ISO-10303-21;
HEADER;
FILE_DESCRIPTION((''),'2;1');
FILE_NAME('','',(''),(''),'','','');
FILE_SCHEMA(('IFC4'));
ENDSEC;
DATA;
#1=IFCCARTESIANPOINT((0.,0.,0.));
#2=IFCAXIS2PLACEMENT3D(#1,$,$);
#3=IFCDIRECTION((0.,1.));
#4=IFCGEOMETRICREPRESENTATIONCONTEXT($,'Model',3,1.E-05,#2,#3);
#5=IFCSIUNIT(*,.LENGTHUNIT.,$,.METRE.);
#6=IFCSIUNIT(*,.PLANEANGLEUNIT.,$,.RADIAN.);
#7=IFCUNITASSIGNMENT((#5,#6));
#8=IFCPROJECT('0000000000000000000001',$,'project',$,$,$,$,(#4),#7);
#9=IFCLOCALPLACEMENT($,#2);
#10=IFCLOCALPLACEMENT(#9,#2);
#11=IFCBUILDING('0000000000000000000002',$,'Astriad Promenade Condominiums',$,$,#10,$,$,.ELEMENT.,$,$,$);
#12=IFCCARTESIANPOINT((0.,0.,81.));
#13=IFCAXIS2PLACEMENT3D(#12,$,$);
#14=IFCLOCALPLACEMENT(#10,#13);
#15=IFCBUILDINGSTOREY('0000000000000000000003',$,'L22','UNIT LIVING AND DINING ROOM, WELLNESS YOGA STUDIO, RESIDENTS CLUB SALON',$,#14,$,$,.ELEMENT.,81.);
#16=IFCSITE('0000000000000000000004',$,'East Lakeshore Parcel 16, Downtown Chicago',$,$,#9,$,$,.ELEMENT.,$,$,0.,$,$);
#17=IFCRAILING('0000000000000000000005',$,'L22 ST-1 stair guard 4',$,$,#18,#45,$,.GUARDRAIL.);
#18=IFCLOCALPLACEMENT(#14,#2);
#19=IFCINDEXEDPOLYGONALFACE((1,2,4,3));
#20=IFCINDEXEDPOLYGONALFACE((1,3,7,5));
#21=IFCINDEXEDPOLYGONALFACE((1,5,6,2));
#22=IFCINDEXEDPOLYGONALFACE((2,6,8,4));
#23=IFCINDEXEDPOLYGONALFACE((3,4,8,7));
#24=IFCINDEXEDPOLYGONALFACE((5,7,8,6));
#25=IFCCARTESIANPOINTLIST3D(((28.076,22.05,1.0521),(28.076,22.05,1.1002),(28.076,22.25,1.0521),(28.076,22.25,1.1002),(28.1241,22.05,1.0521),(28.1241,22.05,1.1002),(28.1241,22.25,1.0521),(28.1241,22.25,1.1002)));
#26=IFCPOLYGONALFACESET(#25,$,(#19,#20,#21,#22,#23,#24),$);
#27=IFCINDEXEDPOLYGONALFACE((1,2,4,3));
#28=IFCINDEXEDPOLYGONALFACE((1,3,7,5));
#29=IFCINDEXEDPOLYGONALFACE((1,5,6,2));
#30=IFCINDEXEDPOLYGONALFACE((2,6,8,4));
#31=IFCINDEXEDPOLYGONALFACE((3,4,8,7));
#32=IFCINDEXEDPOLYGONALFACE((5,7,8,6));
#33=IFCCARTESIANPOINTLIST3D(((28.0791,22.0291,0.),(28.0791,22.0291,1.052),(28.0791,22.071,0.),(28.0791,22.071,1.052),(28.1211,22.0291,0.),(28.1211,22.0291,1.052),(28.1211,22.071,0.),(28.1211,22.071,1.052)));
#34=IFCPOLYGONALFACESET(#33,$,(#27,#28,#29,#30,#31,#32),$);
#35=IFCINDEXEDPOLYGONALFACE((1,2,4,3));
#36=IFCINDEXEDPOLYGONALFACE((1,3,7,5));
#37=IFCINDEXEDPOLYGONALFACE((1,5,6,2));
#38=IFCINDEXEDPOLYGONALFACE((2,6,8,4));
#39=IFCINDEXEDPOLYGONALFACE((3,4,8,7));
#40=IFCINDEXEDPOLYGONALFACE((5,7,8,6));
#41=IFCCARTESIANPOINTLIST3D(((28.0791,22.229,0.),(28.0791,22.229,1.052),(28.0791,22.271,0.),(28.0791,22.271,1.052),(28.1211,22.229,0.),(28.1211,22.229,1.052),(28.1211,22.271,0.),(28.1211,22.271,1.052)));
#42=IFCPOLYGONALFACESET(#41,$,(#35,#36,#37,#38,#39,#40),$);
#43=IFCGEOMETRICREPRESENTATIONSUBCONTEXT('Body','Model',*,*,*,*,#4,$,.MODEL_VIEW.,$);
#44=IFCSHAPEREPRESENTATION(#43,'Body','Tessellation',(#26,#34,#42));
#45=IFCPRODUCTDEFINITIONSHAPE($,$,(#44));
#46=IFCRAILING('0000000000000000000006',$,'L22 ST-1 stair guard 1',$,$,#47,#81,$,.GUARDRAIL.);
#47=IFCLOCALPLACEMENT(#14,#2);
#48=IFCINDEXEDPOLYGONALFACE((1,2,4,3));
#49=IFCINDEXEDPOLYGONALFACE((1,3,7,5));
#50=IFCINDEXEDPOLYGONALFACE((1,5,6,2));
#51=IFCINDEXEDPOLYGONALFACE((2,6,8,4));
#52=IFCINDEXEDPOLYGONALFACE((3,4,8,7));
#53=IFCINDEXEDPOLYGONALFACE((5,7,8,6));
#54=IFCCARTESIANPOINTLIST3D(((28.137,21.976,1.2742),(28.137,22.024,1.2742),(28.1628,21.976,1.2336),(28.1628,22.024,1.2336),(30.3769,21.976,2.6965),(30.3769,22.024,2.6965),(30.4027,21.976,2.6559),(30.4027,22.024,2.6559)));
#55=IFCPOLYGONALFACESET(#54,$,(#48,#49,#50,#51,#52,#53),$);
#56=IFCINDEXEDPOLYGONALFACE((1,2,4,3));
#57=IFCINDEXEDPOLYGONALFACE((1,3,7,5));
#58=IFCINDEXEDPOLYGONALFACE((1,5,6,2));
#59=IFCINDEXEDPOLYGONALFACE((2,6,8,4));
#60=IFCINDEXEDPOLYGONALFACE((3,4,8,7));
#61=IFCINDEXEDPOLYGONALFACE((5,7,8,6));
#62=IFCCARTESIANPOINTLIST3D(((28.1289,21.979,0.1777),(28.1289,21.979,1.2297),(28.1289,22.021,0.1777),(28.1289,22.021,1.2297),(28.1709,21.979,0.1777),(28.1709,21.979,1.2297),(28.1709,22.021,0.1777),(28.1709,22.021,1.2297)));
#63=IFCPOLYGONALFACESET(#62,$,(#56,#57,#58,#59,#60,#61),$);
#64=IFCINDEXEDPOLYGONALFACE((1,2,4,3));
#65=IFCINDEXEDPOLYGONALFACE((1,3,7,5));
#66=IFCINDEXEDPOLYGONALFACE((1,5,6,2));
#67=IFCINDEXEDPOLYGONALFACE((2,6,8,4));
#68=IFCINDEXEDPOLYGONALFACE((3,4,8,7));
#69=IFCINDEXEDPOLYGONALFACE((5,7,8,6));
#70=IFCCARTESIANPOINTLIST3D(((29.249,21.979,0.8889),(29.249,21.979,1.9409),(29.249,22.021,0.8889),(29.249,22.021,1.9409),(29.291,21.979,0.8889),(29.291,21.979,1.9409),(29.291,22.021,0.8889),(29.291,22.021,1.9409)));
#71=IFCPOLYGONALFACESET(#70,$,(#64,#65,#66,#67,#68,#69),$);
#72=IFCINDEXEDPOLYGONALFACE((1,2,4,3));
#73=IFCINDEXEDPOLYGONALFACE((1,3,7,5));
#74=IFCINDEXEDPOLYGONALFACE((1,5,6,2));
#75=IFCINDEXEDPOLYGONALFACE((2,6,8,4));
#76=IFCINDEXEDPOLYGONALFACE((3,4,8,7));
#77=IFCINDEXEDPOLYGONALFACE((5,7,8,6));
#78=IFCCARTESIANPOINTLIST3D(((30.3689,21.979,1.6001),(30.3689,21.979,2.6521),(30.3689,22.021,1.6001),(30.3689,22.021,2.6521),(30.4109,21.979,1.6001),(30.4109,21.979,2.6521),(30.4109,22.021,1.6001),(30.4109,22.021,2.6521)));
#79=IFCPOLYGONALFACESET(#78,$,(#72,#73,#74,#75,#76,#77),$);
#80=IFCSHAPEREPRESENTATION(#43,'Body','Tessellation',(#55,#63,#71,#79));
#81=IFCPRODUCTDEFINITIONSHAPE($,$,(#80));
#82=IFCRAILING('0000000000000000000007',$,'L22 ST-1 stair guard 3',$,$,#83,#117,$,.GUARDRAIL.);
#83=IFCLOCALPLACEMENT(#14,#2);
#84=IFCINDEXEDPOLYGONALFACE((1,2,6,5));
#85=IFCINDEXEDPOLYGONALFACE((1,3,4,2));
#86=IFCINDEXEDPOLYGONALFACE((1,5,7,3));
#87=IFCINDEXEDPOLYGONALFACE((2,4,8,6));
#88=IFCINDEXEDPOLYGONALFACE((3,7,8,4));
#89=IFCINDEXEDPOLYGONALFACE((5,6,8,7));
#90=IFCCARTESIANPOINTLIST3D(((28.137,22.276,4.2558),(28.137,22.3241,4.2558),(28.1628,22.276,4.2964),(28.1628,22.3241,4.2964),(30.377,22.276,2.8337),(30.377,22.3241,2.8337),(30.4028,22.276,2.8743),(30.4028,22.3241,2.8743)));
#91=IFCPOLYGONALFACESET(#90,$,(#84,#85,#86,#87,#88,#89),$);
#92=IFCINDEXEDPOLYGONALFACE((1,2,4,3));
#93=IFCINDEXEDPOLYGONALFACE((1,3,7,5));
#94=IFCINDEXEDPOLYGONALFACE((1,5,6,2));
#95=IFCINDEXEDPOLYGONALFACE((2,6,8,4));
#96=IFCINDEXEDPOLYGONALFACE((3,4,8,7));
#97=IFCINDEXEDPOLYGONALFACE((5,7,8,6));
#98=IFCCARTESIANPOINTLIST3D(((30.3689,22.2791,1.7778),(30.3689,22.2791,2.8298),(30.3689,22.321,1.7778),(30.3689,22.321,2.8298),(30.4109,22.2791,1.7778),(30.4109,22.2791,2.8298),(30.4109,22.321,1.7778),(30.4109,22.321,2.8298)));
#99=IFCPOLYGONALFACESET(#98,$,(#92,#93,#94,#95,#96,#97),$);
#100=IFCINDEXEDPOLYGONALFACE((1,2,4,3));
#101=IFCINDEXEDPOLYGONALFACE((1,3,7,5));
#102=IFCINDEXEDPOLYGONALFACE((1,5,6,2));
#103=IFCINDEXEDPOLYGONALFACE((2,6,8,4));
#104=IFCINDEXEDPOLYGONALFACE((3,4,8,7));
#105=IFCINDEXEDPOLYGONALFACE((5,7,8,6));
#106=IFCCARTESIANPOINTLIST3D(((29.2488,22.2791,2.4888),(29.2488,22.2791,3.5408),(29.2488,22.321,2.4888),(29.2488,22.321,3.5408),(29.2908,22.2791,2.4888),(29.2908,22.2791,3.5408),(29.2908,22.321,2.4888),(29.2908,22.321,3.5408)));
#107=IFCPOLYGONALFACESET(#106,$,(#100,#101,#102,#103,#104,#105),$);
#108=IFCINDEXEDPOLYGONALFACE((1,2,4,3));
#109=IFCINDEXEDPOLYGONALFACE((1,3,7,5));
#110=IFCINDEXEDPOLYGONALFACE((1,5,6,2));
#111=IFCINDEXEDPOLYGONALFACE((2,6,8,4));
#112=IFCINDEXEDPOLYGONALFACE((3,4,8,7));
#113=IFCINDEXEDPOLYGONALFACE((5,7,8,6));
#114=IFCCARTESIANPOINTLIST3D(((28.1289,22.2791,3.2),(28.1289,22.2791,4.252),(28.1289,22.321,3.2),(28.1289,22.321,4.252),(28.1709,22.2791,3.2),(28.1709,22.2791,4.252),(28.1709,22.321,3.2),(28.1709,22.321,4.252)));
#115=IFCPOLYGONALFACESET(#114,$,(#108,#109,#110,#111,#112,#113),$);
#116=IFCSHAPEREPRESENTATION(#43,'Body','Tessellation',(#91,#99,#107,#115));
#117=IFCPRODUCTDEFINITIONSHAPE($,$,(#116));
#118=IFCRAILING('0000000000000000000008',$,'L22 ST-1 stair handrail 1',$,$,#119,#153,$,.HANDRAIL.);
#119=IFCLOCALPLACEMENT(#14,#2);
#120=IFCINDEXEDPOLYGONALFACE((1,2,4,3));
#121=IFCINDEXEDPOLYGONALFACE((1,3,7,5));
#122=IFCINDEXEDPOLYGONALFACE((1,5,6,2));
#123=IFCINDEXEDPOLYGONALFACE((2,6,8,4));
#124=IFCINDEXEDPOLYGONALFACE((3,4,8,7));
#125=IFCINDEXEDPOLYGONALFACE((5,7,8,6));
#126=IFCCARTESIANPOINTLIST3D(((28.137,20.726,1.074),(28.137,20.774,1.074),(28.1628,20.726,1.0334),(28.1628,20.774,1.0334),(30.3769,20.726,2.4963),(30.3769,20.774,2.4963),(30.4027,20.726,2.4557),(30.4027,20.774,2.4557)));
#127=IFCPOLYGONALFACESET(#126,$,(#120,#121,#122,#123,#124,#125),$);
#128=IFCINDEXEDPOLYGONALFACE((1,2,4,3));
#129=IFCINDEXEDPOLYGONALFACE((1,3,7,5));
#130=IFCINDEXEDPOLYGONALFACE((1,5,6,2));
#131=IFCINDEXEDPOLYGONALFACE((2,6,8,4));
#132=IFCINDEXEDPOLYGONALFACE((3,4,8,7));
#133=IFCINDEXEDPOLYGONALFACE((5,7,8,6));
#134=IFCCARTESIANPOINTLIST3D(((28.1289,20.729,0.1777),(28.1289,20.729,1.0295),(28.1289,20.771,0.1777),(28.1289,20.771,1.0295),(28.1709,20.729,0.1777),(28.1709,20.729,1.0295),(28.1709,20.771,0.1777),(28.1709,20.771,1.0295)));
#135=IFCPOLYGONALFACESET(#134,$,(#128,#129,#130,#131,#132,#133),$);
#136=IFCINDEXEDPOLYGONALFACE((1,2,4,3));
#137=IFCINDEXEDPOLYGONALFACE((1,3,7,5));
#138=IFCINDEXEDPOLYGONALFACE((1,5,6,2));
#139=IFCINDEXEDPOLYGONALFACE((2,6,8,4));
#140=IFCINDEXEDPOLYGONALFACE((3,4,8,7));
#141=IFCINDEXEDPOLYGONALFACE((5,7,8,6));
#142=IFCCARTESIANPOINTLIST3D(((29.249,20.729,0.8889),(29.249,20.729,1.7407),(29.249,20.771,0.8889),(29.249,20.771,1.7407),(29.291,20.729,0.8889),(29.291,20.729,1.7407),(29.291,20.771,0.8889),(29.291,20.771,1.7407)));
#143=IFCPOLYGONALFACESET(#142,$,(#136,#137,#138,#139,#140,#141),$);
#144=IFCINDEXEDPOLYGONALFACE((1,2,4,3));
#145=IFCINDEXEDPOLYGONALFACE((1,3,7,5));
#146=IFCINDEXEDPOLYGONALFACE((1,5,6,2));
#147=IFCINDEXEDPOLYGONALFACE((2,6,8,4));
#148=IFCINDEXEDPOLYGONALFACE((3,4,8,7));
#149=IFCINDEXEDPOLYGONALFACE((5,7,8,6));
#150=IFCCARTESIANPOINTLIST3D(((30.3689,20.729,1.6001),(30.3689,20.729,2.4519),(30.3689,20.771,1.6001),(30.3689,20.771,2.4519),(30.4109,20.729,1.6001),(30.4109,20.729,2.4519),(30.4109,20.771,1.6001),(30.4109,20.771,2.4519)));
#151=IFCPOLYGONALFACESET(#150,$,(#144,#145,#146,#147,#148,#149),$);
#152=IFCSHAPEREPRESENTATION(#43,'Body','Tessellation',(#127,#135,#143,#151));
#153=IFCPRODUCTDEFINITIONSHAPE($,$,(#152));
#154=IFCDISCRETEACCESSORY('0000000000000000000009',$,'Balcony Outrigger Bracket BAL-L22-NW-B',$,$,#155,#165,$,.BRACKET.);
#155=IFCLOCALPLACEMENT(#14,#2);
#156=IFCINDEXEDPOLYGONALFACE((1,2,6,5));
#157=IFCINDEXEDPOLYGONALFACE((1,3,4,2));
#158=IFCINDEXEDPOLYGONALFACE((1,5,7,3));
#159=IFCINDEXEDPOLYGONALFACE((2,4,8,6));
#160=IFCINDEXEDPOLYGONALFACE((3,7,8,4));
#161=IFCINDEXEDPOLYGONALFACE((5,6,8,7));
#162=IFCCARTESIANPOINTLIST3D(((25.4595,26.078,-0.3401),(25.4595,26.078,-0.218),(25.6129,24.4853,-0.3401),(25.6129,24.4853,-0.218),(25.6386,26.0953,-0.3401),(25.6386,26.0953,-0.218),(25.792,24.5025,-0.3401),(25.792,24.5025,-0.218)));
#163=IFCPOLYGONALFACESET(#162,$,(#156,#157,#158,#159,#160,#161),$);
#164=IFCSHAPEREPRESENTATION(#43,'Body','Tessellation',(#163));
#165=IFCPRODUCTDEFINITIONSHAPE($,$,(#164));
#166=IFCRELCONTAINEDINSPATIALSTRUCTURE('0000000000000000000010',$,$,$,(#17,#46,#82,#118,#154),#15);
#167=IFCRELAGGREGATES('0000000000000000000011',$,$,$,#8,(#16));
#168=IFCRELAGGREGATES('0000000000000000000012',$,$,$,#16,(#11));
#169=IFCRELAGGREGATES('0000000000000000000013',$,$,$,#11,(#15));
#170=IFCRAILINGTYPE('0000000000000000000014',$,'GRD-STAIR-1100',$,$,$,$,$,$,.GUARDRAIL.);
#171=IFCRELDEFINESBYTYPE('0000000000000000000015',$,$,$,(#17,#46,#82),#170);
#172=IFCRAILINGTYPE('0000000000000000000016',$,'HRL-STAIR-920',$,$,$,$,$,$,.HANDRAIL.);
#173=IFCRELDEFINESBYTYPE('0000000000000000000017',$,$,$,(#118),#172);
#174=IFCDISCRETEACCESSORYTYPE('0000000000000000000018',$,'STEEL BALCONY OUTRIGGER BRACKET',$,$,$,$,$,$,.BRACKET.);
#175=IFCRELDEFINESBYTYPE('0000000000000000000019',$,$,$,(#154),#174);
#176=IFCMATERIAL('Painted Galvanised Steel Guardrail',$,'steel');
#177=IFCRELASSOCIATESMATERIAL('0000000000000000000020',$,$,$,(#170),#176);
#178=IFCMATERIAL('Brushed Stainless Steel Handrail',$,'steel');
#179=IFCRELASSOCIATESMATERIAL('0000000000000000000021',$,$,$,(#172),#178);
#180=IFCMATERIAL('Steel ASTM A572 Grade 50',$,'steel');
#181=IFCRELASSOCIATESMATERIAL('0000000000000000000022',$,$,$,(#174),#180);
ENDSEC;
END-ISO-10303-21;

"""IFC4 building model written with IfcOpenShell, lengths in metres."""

from ifc_helpers import new_model, si_unit, direction, frame, origin, origin_2d, place, context, subcontext, project, spatial, rectangle, extrude, source, transform, mapped, material, type_object, type_shapes, element, save


model = new_model("IFC4")

# Units and contexts
model_context = context("Model", 3, precision=1e-05, world=origin(), true_north=direction((0.0, 1.0)))
body_context = subcontext(model_context, "Body", "Model", "MODEL_VIEW")
ifc_project = project(units=[si_unit("LENGTHUNIT", "METRE"), si_unit("PLANEANGLEUNIT", "RADIAN")], contexts=[model_context])

# Site, building, storey
site_placement = place(None, origin())
site = spatial("IfcSite", under=ifc_project, at=site_placement, Name="East Lakeshore Parcel 16, Downtown Chicago", CompositionType="ELEMENT", RefElevation=0.0)
building_placement = place(site_placement, origin())
building = spatial("IfcBuilding", under=site, at=building_placement, Name="Astriad Promenade Condominiums", CompositionType="ELEMENT")
storey_placement = place(building_placement, frame((0.0, 0.0, 81.0)))
storey = spatial("IfcBuildingStorey", under=building, at=storey_placement, Name="L22", Description="UNIT LIVING AND DINING ROOM, WELLNESS YOGA STUDIO, RESIDENTS CLUB SALON", CompositionType="ELEMENT", Elevation=81.0)

# Railings
ifc_material_1 = material(Name="Painted Galvanised Steel Guardrail", Category="steel")
railing_type_1 = type_object("IfcRailingType", Name="GRD-STAIR-1100", PredefinedType="GUARDRAIL", material=ifc_material_1)
shared_shape_1 = source(origin(), body_context, "Body", "SweptSolid", [
    extrude(rectangle(XDim=0.0481, YDim=0.0481, at=origin_2d()), frame((0.0, 0.0, 1.0762), z_axis=(0.0, 1.0, 0.0), x_axis=(-1.0, 0.0, 0.0)), (0.0, 0.0, 1.0), 0.2),
    extrude(rectangle(XDim=0.042, YDim=0.042, at=origin_2d()), origin(), (0.0, 0.0, 1.0), 1.052),
    extrude(rectangle(XDim=0.042, YDim=0.042, at=origin_2d()), frame((0.0, 0.2, 0.0)), (0.0, 0.0, 1.0), 1.052),
])
railing_1_placement = place(storey_placement, frame((28.1001, 22.05, 0.0)))
element("IfcRailing", 1, at=railing_1_placement, inside=storey, type_object=railing_type_1, Name="L22 ST-1 stair guard 4", PredefinedType="GUARDRAIL", context=body_context, shape_type="MappedRepresentation", body=[
    mapped(shared_shape_1, transform((0.0, 0.0, 0.0), scale=1.0)),
])
shared_shape_2 = source(origin(), body_context, "Body", "SweptSolid", [
    extrude(rectangle(XDim=0.0481, YDim=0.0481, at=origin_2d()), frame((0.0, 0.0, 1.0762), z_axis=(0.844188, 0.0, 0.536048), x_axis=(0.0, 1.0, 0.0)), (0.0, 0.0, 1.0), 2.6533),
    extrude(rectangle(XDim=0.042, YDim=0.042, at=origin_2d()), origin(), (0.0, 0.0, 1.0), 1.052),
    extrude(rectangle(XDim=0.042, YDim=0.042, at=origin_2d()), frame((1.1201, 0.0, 0.7112)), (0.0, 0.0, 1.0), 1.052),
    extrude(rectangle(XDim=0.042, YDim=0.042, at=origin_2d()), frame((2.24, 0.0, 1.4224)), (0.0, 0.0, 1.0), 1.052),
])
railing_2_placement = place(storey_placement, frame((28.1499, 22.0, 0.1777)))
element("IfcRailing", 2, at=railing_2_placement, inside=storey, type_object=railing_type_1, Name="L22 ST-1 stair guard 1", PredefinedType="GUARDRAIL", context=body_context, shape_type="MappedRepresentation", body=[
    mapped(shared_shape_2, transform((0.0, 0.0, 0.0), scale=1.0)),
])
shared_shape_3 = source(origin(), body_context, "Body", "SweptSolid", [
    extrude(rectangle(XDim=0.0481, YDim=0.0481, at=origin_2d()), frame((0.0, 0.0, 1.0762), z_axis=(-0.844229, 0.0, 0.535982), x_axis=(0.0, -1.0, 0.0)), (0.0, 0.0, 1.0), 2.6533),
    extrude(rectangle(XDim=0.042, YDim=0.042, at=origin_2d()), origin(), (0.0, 0.0, 1.0), 1.052),
    extrude(rectangle(XDim=0.042, YDim=0.042, at=origin_2d()), frame((-1.1201, 0.0, 0.7109)), (0.0, 0.0, 1.0), 1.052),
    extrude(rectangle(XDim=0.042, YDim=0.042, at=origin_2d()), frame((-2.24, 0.0, 1.4221)), (0.0, 0.0, 1.0), 1.052),
])
type_shapes(railing_type_1, [shared_shape_1, shared_shape_2, shared_shape_3])
railing_3_placement = place(storey_placement, frame((30.3899, 22.3, 1.7778)))
element("IfcRailing", 3, at=railing_3_placement, inside=storey, type_object=railing_type_1, Name="L22 ST-1 stair guard 3", PredefinedType="GUARDRAIL", context=body_context, shape_type="MappedRepresentation", body=[
    mapped(shared_shape_3, transform((0.0, 0.0, 0.0), scale=1.0)),
])
ifc_material_2 = material(Name="Brushed Stainless Steel Handrail", Category="steel")
railing_type_2 = type_object("IfcRailingType", Name="HRL-STAIR-920", PredefinedType="HANDRAIL", material=ifc_material_2)
shared_shape_4 = source(origin(), body_context, "Body", "SweptSolid", [
    extrude(rectangle(XDim=0.0481, YDim=0.0481, at=origin_2d()), frame((0.0, 0.0, 0.876), z_axis=(0.844188, 0.0, 0.536048), x_axis=(0.0, 1.0, 0.0)), (0.0, 0.0, 1.0), 2.6533),
    extrude(rectangle(XDim=0.042, YDim=0.042, at=origin_2d()), origin(), (0.0, 0.0, 1.0), 0.8518),
    extrude(rectangle(XDim=0.042, YDim=0.042, at=origin_2d()), frame((1.1201, 0.0, 0.7112)), (0.0, 0.0, 1.0), 0.8518),
    extrude(rectangle(XDim=0.042, YDim=0.042, at=origin_2d()), frame((2.24, 0.0, 1.4224)), (0.0, 0.0, 1.0), 0.8518),
])
type_shapes(railing_type_2, [shared_shape_4])
railing_4_placement = place(storey_placement, frame((28.1499, 20.75, 0.1777)))
element("IfcRailing", 4, at=railing_4_placement, inside=storey, type_object=railing_type_2, Name="L22 ST-1 stair handrail 1", PredefinedType="HANDRAIL", context=body_context, shape_type="MappedRepresentation", body=[
    mapped(shared_shape_4, transform((0.0, 0.0, 0.0), scale=1.0)),
])

# Discrete accessory
ifc_material_3 = material(Name="Steel ASTM A572 Grade 50", Category="steel")
discrete_accessory_type = type_object("IfcDiscreteAccessoryType", Name="STEEL BALCONY OUTRIGGER BRACKET", PredefinedType="BRACKET", material=ifc_material_3)
shared_shape_5 = source(origin(), body_context, "Body", "SweptSolid", [
    extrude(rectangle(XDim=1.6001, YDim=0.1799, at=origin_2d()), origin(), (0.0, 0.0, 1.0), 0.1221),
])
type_shapes(discrete_accessory_type, [shared_shape_5])
discrete_accessory_placement = place(storey_placement, frame((25.6257, 25.2903, -0.3401), z_axis=(0.0, 0.0, 1.0), x_axis=(-0.095846, 0.995396, 0.0)))
element("IfcDiscreteAccessory", 5, at=discrete_accessory_placement, inside=storey, type_object=discrete_accessory_type, Name="Balcony Outrigger Bracket BAL-L22-NW-B", PredefinedType="BRACKET", context=body_context, shape_type="MappedRepresentation", body=[
    mapped(shared_shape_5, transform((0.0, 0.0, 0.0), scale=1.0)),
])

save(model, "model.ifc")
